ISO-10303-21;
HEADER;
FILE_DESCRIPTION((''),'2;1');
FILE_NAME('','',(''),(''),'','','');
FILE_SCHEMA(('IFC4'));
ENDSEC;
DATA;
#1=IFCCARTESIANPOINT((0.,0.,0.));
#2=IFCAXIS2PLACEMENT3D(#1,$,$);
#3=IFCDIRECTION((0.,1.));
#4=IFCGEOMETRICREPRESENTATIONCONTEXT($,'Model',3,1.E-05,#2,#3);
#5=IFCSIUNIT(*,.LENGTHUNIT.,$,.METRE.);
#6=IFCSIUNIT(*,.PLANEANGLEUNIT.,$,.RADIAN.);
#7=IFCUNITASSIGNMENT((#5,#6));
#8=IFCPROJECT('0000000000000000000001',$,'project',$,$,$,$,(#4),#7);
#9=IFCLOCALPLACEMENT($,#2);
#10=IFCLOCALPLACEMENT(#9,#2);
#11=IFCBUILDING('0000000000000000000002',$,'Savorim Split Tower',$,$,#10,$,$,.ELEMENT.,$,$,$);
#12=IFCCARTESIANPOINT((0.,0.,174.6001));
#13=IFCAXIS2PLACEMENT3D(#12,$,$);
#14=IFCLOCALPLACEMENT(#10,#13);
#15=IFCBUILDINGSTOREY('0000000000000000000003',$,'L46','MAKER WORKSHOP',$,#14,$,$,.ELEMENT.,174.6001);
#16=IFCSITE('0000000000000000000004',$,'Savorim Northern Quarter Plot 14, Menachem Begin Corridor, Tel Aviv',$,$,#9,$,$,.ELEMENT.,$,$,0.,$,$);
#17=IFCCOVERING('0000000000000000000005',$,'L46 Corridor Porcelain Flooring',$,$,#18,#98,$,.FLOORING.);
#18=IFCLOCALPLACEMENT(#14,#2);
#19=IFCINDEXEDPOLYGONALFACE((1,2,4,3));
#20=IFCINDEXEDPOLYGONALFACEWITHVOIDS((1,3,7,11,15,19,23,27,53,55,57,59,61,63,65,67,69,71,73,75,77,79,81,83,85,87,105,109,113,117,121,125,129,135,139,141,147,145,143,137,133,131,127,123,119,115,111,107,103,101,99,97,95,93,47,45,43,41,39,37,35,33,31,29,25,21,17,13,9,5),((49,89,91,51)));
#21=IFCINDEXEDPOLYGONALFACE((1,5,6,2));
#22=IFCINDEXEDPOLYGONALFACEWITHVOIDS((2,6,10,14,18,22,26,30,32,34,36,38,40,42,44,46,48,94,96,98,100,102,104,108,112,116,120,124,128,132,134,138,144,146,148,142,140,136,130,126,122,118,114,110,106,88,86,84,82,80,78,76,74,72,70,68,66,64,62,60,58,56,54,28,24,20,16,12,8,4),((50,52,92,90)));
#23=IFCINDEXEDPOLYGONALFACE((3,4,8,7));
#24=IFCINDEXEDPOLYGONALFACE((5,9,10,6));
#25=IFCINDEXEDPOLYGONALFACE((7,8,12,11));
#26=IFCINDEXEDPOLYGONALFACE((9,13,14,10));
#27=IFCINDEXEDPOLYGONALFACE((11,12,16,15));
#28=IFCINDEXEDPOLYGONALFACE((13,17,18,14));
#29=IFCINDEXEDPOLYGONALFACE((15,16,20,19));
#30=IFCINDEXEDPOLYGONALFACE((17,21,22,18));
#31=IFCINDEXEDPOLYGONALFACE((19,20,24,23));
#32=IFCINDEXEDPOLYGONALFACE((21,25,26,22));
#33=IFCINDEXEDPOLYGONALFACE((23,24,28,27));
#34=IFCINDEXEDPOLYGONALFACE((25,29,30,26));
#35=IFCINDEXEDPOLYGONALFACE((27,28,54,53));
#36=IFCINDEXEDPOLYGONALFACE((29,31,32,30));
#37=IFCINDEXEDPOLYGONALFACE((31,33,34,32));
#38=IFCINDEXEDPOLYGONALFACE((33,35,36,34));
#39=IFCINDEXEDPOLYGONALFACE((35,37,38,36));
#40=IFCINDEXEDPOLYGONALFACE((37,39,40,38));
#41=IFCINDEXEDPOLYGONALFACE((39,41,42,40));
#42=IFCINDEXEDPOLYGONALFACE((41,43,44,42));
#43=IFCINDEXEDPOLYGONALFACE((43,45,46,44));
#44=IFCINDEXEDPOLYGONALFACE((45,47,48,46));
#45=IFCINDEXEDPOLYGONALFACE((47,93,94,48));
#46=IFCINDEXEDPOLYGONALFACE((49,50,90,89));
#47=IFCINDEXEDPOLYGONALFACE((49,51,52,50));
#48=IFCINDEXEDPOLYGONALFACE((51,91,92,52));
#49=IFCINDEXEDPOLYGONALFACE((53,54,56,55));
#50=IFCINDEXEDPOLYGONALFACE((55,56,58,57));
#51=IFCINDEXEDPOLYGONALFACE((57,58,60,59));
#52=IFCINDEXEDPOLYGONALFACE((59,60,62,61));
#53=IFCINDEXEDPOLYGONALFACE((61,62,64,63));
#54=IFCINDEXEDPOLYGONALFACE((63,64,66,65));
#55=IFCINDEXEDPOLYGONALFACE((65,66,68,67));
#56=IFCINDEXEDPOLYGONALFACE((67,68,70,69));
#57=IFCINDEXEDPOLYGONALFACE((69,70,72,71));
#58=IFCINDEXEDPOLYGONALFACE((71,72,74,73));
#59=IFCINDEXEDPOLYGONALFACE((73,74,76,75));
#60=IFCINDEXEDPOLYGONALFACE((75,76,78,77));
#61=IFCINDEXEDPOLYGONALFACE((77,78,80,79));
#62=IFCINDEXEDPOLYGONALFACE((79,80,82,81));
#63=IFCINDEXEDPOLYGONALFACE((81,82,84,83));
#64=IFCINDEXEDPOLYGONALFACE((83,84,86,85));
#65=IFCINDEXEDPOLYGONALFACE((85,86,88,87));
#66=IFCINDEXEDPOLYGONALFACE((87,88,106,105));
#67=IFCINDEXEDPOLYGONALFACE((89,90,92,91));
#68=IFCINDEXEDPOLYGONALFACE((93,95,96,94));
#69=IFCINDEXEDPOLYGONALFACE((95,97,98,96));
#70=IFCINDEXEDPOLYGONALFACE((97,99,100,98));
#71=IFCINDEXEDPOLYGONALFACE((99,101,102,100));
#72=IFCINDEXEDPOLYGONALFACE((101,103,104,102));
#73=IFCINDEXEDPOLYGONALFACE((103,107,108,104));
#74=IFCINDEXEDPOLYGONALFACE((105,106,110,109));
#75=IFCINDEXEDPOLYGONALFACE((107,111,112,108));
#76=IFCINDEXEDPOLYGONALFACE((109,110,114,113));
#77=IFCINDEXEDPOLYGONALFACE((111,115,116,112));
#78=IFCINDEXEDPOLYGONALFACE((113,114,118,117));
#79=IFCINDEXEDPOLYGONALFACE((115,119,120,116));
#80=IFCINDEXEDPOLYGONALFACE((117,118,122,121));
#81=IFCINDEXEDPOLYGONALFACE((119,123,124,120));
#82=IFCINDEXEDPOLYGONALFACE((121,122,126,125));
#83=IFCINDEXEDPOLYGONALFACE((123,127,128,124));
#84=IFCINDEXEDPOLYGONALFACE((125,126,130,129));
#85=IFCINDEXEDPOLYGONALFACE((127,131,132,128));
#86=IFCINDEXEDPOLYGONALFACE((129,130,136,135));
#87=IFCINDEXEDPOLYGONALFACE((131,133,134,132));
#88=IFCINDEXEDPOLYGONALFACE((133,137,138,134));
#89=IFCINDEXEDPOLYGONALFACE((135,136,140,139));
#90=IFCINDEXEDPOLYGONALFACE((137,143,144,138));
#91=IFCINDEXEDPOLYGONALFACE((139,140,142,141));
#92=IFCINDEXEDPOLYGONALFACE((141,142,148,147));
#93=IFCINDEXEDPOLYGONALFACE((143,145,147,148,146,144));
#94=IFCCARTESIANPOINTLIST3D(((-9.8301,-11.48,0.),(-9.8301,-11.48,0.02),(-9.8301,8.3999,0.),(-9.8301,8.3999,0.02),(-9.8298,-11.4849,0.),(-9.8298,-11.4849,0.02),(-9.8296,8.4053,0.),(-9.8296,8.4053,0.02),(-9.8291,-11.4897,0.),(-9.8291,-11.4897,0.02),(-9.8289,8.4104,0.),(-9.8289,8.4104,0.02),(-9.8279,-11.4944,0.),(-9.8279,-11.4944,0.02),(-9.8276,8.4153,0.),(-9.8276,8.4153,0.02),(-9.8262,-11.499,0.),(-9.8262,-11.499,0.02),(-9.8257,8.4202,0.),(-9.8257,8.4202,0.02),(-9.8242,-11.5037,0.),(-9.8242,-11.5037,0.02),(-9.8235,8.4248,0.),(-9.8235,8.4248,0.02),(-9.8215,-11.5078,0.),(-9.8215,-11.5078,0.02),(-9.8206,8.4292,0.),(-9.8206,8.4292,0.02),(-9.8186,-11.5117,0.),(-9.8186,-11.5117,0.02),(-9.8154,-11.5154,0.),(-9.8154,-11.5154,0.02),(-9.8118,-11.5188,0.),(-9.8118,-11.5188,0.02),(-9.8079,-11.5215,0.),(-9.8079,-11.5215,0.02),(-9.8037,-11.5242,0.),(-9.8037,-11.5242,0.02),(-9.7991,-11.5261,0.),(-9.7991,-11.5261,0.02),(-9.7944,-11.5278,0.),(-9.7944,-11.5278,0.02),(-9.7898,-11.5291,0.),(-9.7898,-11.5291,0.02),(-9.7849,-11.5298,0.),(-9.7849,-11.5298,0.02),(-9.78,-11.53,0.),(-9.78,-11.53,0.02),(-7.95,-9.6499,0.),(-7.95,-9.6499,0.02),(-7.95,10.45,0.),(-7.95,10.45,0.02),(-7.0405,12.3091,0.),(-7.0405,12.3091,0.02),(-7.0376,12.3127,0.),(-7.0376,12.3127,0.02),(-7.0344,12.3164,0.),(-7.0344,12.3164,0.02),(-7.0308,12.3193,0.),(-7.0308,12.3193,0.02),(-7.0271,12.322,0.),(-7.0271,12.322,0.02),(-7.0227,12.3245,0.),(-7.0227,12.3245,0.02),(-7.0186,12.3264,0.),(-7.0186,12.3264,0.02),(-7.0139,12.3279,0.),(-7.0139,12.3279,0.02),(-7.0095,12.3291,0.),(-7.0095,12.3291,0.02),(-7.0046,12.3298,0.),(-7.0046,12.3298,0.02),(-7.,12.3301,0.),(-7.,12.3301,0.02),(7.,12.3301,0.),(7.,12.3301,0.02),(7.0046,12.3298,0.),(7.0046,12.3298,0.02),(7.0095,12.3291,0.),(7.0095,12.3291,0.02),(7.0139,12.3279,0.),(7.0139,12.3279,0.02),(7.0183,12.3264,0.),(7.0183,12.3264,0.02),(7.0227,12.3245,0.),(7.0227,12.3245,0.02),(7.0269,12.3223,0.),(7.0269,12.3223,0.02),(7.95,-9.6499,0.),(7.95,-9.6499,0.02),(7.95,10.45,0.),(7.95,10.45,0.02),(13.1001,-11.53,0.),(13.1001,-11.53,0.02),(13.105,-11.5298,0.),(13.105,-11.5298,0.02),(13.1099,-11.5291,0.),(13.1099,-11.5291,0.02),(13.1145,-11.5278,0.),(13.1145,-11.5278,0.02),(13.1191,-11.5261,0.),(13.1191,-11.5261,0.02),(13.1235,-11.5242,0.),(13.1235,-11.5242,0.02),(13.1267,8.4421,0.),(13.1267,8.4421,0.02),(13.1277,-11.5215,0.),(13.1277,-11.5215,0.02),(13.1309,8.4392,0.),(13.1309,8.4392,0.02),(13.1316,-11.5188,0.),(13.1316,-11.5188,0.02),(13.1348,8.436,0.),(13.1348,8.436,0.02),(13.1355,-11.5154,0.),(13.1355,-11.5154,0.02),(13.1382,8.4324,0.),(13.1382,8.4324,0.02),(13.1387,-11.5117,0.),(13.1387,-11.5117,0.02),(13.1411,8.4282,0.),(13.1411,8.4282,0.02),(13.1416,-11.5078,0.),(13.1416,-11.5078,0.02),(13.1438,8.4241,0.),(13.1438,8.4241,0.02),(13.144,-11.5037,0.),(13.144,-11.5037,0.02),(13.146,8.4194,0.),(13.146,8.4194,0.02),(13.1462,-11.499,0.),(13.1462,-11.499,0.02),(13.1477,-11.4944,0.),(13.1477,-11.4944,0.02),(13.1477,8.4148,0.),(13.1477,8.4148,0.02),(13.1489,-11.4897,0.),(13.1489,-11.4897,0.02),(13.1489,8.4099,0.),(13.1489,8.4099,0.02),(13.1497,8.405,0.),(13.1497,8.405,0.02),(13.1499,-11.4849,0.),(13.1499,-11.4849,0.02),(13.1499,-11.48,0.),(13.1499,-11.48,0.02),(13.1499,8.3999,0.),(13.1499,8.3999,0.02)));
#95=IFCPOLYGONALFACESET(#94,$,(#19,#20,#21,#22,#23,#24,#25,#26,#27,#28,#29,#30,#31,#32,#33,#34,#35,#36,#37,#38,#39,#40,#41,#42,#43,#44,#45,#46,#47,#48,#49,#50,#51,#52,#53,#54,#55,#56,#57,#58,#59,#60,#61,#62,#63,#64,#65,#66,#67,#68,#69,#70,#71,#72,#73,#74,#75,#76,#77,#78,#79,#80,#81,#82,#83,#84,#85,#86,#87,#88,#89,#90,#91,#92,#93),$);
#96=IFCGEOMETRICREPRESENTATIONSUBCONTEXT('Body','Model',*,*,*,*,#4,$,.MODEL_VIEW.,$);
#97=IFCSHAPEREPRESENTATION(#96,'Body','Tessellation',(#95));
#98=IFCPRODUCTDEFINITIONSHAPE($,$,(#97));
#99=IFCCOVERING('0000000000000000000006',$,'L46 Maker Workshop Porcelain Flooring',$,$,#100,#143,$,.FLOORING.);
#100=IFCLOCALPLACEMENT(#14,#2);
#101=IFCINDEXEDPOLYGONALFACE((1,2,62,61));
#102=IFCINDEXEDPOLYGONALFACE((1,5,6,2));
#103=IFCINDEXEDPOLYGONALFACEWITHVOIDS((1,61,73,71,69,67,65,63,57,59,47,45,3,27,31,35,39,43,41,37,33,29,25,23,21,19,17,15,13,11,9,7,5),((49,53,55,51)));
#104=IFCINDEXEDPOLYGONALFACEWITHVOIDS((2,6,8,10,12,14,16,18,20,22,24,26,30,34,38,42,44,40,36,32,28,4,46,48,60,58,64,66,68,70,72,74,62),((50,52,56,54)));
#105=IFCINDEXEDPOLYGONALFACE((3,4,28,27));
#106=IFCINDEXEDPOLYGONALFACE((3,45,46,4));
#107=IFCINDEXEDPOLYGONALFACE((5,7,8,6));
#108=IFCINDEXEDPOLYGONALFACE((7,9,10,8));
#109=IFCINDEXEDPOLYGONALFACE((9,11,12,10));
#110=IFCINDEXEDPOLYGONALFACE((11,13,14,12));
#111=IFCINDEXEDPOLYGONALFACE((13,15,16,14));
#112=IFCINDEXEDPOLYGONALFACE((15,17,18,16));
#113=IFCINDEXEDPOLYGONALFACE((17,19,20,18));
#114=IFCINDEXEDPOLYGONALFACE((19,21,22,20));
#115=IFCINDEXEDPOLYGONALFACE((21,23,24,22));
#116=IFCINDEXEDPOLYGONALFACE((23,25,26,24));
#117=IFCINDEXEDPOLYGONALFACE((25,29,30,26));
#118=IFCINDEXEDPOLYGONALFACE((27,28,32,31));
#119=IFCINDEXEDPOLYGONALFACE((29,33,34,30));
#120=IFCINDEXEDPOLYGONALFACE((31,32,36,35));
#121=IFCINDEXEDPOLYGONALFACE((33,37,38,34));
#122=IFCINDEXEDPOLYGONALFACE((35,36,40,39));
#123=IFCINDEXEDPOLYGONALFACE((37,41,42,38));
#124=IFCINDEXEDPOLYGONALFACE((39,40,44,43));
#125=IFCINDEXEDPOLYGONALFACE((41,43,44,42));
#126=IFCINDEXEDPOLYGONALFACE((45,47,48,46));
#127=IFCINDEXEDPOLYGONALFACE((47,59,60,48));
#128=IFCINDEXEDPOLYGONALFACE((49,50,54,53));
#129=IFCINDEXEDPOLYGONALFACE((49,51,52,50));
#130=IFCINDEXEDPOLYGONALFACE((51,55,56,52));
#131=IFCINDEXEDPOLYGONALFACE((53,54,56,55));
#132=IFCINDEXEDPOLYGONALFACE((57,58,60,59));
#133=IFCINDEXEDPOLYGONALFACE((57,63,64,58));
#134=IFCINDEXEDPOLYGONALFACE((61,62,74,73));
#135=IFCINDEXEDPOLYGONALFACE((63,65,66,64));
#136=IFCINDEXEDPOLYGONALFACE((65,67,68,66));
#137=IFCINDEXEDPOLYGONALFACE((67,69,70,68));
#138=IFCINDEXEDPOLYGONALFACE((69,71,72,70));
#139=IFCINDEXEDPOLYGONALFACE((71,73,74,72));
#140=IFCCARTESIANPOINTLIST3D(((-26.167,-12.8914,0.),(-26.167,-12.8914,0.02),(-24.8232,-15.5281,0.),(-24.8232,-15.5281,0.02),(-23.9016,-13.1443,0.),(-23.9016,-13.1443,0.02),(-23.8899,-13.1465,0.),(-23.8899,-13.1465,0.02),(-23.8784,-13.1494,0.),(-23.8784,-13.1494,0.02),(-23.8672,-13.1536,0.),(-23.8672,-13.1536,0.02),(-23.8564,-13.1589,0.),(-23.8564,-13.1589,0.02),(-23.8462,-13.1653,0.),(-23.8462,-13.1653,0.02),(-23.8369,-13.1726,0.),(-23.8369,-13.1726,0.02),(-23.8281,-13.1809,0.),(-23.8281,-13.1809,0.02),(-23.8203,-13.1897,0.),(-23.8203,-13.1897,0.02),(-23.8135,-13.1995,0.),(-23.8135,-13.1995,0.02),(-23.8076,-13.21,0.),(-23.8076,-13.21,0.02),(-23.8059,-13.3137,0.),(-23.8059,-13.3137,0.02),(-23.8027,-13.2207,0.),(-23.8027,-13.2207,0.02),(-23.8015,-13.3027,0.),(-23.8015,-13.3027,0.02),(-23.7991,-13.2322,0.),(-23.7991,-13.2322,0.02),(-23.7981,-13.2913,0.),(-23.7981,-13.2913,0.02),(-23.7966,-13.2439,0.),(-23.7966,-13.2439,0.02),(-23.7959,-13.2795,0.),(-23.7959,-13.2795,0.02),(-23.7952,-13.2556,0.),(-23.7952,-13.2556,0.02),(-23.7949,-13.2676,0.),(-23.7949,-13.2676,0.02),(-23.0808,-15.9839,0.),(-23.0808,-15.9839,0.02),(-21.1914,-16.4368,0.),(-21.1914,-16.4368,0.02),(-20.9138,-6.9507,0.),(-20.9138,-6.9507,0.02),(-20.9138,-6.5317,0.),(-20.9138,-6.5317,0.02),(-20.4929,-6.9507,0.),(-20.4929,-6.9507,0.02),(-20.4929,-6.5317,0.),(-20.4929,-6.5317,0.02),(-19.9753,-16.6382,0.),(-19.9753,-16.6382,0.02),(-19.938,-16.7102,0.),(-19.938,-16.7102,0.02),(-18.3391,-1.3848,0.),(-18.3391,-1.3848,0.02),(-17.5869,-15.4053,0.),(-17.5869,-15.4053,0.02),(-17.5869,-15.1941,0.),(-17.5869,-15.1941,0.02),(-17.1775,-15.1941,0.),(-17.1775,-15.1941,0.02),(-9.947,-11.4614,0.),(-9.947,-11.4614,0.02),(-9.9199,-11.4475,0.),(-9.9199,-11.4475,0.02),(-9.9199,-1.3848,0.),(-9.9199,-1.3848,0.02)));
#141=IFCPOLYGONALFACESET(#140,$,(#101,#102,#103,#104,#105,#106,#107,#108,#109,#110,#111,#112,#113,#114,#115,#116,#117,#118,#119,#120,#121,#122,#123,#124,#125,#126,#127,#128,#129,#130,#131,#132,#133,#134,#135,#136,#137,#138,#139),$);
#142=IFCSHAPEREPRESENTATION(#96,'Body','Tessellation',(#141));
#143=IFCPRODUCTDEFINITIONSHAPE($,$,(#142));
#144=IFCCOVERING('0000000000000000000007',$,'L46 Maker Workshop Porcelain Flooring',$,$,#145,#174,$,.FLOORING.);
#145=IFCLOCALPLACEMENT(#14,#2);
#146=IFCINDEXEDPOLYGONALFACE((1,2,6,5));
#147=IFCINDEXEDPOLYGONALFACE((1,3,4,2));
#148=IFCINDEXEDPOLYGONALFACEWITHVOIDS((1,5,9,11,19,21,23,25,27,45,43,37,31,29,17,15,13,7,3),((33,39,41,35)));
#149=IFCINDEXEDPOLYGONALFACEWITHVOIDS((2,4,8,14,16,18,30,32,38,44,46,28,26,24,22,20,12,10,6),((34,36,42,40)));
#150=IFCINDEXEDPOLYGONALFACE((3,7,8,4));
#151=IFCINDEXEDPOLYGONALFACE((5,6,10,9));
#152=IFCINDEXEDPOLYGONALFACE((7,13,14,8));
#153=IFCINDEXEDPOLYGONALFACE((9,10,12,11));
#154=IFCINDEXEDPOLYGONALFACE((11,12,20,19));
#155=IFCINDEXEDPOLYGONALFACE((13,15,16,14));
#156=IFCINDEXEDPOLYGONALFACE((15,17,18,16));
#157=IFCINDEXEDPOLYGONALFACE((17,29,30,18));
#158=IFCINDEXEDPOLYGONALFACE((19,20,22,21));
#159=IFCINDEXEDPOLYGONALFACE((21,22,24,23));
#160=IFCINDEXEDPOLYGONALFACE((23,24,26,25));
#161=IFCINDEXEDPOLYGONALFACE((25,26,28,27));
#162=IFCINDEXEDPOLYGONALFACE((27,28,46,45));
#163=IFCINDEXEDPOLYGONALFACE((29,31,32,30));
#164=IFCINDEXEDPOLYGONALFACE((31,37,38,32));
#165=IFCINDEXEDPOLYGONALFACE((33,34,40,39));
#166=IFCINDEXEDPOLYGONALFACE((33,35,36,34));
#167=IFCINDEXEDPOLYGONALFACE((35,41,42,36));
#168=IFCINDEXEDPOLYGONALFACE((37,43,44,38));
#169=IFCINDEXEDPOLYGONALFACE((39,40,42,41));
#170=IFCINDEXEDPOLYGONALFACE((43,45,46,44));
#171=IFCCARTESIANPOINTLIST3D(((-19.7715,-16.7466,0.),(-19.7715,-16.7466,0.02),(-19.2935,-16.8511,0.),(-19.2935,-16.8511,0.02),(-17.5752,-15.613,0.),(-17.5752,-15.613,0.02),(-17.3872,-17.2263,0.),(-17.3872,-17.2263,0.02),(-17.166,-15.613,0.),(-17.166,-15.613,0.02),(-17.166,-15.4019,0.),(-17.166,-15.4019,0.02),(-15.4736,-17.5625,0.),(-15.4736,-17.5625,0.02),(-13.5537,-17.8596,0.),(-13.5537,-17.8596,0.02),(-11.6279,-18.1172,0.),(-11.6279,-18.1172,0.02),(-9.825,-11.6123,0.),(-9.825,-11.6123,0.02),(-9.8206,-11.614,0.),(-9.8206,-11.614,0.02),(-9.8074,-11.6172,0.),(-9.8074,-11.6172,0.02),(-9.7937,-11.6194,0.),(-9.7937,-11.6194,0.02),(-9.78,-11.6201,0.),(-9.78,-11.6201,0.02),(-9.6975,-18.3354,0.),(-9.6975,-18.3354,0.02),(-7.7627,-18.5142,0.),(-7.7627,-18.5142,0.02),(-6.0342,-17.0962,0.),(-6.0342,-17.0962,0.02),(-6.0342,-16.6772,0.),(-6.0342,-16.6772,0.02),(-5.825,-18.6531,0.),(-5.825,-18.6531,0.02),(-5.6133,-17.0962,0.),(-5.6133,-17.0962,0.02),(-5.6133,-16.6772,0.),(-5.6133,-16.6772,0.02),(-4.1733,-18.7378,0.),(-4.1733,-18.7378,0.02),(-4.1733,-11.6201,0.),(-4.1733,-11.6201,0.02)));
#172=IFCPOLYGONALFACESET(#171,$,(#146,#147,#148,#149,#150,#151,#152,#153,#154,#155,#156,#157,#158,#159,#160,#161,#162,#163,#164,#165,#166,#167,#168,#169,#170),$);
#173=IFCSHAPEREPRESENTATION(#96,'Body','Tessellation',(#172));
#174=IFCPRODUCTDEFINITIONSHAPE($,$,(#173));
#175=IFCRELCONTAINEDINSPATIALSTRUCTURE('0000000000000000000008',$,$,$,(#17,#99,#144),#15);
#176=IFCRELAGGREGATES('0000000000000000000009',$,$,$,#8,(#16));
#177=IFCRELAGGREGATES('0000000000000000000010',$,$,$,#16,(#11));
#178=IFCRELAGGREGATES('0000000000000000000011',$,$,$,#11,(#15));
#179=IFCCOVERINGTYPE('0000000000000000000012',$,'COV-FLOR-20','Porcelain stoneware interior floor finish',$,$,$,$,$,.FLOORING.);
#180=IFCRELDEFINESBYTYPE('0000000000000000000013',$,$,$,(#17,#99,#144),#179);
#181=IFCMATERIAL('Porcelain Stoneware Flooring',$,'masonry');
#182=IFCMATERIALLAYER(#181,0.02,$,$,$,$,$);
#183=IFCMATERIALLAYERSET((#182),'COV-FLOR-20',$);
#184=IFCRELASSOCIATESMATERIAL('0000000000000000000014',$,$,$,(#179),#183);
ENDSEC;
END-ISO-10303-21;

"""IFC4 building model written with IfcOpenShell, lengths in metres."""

from ifc_helpers import new_model, si_unit, direction, frame, origin, place, context, subcontext, project, spatial, polyline, outline, extrude, material, layer, layer_set, type_object, element, save


model = new_model("IFC4")

# Units and contexts
model_context = context("Model", 3, precision=1e-05, world=origin(), true_north=direction((0.0, 1.0)))
body_context = subcontext(model_context, "Body", "Model", "MODEL_VIEW")
ifc_project = project(units=[si_unit("LENGTHUNIT", "METRE"), si_unit("PLANEANGLEUNIT", "RADIAN")], contexts=[model_context])

# Site, building, storey
site_placement = place(None, origin())
site = spatial("IfcSite", under=ifc_project, at=site_placement, Name="Savorim Northern Quarter Plot 14, Menachem Begin Corridor, Tel Aviv", CompositionType="ELEMENT", RefElevation=0.0)
building_placement = place(site_placement, origin())
building = spatial("IfcBuilding", under=site, at=building_placement, Name="Savorim Split Tower", CompositionType="ELEMENT")
storey_placement = place(building_placement, frame((0.0, 0.0, 174.6001)))
storey = spatial("IfcBuildingStorey", under=building, at=storey_placement, Name="L46", Description="MAKER WORKSHOP", CompositionType="ELEMENT", Elevation=174.6001)

# Coverings
ifc_material_1 = material(Name="Porcelain Stoneware Flooring", Category="masonry")
ifc_layer_1 = layer(ifc_material_1, 0.02)
ifc_layer_set_1 = layer_set([ifc_layer_1], Name="COV-FLOR-20")
covering_type_1 = type_object("IfcCoveringType", Name="COV-FLOR-20", Description="Porcelain stoneware interior floor finish", PredefinedType="FLOORING", material=ifc_layer_set_1)
covering_1_placement = place(storey_placement, origin())
element("IfcCovering", 1, at=covering_1_placement, inside=storey, type_object=covering_type_1, Name="L46 Corridor Porcelain Flooring", PredefinedType="FLOORING", context=body_context, shape_type="SweptSolid", body=[
    extrude(outline(polyline([(7.0095, 12.3291), (7.0046, 12.3298), (7.0, 12.3301), (-7.0, 12.3301), (-7.0046, 12.3298), (-7.0095, 12.3291), (-7.0139, 12.3279), (-7.0186, 12.3264), (-7.0227, 12.3245), (-7.0271, 12.322), (-7.0308, 12.3193), (-7.0344, 12.3164), (-7.0376, 12.3127), (-7.0405, 12.3091), (-9.8206, 8.4292), (-9.8235, 8.4248), (-9.8257, 8.4202), (-9.8276, 8.4153), (-9.8289, 8.4104), (-9.8296, 8.4053), (-9.8301, 8.3999), (-9.8301, -11.48), (-9.8298, -11.4849), (-9.8291, -11.4897), (-9.8279, -11.4944), (-9.8262, -11.499), (-9.8242, -11.5037), (-9.8215, -11.5078), (-9.8186, -11.5117), (-9.8154, -11.5154), (-9.8118, -11.5188), (-9.8079, -11.5215), (-9.8037, -11.5242), (-9.7991, -11.5261), (-9.7944, -11.5278), (-9.7898, -11.5291), (-9.7849, -11.5298), (-9.78, -11.53), (13.1001, -11.53), (13.105, -11.5298), (13.1099, -11.5291), (13.1145, -11.5278), (13.1191, -11.5261), (13.1235, -11.5242), (13.1277, -11.5215), (13.1316, -11.5188), (13.1355, -11.5154), (13.1387, -11.5117), (13.1416, -11.5078), (13.144, -11.5037), (13.1462, -11.499), (13.1477, -11.4944), (13.1489, -11.4897), (13.1499, -11.4849), (13.1499, -11.48), (13.1499, 8.3999), (13.1497, 8.405), (13.1489, 8.4099), (13.1477, 8.4148), (13.146, 8.4194), (13.1438, 8.4241), (13.1411, 8.4282), (13.1382, 8.4324), (13.1348, 8.436), (13.1309, 8.4392), (13.1267, 8.4421), (7.0269, 12.3223), (7.0227, 12.3245), (7.0183, 12.3264), (7.0139, 12.3279), (7.0095, 12.3291)]), holes=[polyline([(-7.95, 10.45), (-7.95, -9.6499), (7.95, -9.6499), (7.95, 10.45), (-7.95, 10.45)])]), origin(), (0.0, 0.0, 1.0), 0.02),
])
covering_2_placement = place(storey_placement, origin())
element("IfcCovering", 2, at=covering_2_placement, inside=storey, type_object=covering_type_1, Name="L46 Maker Workshop Porcelain Flooring", PredefinedType="FLOORING", context=body_context, shape_type="SweptSolid", body=[
    extrude(outline(polyline([(-23.7952, -13.2556), (-23.7949, -13.2676), (-23.7959, -13.2795), (-23.7981, -13.2913), (-23.8015, -13.3027), (-23.8059, -13.3137), (-24.8232, -15.5281), (-23.0808, -15.9839), (-21.1914, -16.4368), (-19.938, -16.7102), (-19.9753, -16.6382), (-17.5869, -15.4053), (-17.5869, -15.1941), (-17.1775, -15.1941), (-9.947, -11.4614), (-9.9199, -11.4475), (-9.9199, -1.3848), (-18.3391, -1.3848), (-26.167, -12.8914), (-23.9016, -13.1443), (-23.8899, -13.1465), (-23.8784, -13.1494), (-23.8672, -13.1536), (-23.8564, -13.1589), (-23.8462, -13.1653), (-23.8369, -13.1726), (-23.8281, -13.1809), (-23.8203, -13.1897), (-23.8135, -13.1995), (-23.8076, -13.21), (-23.8027, -13.2207), (-23.7991, -13.2322), (-23.7966, -13.2439), (-23.7952, -13.2556)]), holes=[polyline([(-20.9138, -6.9507), (-20.4929, -6.9507), (-20.4929, -6.5317), (-20.9138, -6.5317), (-20.9138, -6.9507)])]), origin(), (0.0, 0.0, 1.0), 0.02),
])
covering_3_placement = place(storey_placement, origin())
element("IfcCovering", 3, at=covering_3_placement, inside=storey, type_object=covering_type_1, Name="L46 Maker Workshop Porcelain Flooring", PredefinedType="FLOORING", context=body_context, shape_type="SweptSolid", body=[
    extrude(outline(polyline([(-9.6975, -18.3354), (-7.7627, -18.5142), (-5.825, -18.6531), (-4.1733, -18.7378), (-4.1733, -11.6201), (-9.78, -11.6201), (-9.7937, -11.6194), (-9.8074, -11.6172), (-9.8206, -11.614), (-9.825, -11.6123), (-17.166, -15.4019), (-17.166, -15.613), (-17.5752, -15.613), (-19.7715, -16.7466), (-19.2935, -16.8511), (-17.3872, -17.2263), (-15.4736, -17.5625), (-13.5537, -17.8596), (-11.6279, -18.1172), (-9.6975, -18.3354)]), holes=[polyline([(-6.0342, -17.0962), (-5.6133, -17.0962), (-5.6133, -16.6772), (-6.0342, -16.6772), (-6.0342, -17.0962)])]), origin(), (0.0, 0.0, 1.0), 0.02),
])

save(model, "model.ifc")
